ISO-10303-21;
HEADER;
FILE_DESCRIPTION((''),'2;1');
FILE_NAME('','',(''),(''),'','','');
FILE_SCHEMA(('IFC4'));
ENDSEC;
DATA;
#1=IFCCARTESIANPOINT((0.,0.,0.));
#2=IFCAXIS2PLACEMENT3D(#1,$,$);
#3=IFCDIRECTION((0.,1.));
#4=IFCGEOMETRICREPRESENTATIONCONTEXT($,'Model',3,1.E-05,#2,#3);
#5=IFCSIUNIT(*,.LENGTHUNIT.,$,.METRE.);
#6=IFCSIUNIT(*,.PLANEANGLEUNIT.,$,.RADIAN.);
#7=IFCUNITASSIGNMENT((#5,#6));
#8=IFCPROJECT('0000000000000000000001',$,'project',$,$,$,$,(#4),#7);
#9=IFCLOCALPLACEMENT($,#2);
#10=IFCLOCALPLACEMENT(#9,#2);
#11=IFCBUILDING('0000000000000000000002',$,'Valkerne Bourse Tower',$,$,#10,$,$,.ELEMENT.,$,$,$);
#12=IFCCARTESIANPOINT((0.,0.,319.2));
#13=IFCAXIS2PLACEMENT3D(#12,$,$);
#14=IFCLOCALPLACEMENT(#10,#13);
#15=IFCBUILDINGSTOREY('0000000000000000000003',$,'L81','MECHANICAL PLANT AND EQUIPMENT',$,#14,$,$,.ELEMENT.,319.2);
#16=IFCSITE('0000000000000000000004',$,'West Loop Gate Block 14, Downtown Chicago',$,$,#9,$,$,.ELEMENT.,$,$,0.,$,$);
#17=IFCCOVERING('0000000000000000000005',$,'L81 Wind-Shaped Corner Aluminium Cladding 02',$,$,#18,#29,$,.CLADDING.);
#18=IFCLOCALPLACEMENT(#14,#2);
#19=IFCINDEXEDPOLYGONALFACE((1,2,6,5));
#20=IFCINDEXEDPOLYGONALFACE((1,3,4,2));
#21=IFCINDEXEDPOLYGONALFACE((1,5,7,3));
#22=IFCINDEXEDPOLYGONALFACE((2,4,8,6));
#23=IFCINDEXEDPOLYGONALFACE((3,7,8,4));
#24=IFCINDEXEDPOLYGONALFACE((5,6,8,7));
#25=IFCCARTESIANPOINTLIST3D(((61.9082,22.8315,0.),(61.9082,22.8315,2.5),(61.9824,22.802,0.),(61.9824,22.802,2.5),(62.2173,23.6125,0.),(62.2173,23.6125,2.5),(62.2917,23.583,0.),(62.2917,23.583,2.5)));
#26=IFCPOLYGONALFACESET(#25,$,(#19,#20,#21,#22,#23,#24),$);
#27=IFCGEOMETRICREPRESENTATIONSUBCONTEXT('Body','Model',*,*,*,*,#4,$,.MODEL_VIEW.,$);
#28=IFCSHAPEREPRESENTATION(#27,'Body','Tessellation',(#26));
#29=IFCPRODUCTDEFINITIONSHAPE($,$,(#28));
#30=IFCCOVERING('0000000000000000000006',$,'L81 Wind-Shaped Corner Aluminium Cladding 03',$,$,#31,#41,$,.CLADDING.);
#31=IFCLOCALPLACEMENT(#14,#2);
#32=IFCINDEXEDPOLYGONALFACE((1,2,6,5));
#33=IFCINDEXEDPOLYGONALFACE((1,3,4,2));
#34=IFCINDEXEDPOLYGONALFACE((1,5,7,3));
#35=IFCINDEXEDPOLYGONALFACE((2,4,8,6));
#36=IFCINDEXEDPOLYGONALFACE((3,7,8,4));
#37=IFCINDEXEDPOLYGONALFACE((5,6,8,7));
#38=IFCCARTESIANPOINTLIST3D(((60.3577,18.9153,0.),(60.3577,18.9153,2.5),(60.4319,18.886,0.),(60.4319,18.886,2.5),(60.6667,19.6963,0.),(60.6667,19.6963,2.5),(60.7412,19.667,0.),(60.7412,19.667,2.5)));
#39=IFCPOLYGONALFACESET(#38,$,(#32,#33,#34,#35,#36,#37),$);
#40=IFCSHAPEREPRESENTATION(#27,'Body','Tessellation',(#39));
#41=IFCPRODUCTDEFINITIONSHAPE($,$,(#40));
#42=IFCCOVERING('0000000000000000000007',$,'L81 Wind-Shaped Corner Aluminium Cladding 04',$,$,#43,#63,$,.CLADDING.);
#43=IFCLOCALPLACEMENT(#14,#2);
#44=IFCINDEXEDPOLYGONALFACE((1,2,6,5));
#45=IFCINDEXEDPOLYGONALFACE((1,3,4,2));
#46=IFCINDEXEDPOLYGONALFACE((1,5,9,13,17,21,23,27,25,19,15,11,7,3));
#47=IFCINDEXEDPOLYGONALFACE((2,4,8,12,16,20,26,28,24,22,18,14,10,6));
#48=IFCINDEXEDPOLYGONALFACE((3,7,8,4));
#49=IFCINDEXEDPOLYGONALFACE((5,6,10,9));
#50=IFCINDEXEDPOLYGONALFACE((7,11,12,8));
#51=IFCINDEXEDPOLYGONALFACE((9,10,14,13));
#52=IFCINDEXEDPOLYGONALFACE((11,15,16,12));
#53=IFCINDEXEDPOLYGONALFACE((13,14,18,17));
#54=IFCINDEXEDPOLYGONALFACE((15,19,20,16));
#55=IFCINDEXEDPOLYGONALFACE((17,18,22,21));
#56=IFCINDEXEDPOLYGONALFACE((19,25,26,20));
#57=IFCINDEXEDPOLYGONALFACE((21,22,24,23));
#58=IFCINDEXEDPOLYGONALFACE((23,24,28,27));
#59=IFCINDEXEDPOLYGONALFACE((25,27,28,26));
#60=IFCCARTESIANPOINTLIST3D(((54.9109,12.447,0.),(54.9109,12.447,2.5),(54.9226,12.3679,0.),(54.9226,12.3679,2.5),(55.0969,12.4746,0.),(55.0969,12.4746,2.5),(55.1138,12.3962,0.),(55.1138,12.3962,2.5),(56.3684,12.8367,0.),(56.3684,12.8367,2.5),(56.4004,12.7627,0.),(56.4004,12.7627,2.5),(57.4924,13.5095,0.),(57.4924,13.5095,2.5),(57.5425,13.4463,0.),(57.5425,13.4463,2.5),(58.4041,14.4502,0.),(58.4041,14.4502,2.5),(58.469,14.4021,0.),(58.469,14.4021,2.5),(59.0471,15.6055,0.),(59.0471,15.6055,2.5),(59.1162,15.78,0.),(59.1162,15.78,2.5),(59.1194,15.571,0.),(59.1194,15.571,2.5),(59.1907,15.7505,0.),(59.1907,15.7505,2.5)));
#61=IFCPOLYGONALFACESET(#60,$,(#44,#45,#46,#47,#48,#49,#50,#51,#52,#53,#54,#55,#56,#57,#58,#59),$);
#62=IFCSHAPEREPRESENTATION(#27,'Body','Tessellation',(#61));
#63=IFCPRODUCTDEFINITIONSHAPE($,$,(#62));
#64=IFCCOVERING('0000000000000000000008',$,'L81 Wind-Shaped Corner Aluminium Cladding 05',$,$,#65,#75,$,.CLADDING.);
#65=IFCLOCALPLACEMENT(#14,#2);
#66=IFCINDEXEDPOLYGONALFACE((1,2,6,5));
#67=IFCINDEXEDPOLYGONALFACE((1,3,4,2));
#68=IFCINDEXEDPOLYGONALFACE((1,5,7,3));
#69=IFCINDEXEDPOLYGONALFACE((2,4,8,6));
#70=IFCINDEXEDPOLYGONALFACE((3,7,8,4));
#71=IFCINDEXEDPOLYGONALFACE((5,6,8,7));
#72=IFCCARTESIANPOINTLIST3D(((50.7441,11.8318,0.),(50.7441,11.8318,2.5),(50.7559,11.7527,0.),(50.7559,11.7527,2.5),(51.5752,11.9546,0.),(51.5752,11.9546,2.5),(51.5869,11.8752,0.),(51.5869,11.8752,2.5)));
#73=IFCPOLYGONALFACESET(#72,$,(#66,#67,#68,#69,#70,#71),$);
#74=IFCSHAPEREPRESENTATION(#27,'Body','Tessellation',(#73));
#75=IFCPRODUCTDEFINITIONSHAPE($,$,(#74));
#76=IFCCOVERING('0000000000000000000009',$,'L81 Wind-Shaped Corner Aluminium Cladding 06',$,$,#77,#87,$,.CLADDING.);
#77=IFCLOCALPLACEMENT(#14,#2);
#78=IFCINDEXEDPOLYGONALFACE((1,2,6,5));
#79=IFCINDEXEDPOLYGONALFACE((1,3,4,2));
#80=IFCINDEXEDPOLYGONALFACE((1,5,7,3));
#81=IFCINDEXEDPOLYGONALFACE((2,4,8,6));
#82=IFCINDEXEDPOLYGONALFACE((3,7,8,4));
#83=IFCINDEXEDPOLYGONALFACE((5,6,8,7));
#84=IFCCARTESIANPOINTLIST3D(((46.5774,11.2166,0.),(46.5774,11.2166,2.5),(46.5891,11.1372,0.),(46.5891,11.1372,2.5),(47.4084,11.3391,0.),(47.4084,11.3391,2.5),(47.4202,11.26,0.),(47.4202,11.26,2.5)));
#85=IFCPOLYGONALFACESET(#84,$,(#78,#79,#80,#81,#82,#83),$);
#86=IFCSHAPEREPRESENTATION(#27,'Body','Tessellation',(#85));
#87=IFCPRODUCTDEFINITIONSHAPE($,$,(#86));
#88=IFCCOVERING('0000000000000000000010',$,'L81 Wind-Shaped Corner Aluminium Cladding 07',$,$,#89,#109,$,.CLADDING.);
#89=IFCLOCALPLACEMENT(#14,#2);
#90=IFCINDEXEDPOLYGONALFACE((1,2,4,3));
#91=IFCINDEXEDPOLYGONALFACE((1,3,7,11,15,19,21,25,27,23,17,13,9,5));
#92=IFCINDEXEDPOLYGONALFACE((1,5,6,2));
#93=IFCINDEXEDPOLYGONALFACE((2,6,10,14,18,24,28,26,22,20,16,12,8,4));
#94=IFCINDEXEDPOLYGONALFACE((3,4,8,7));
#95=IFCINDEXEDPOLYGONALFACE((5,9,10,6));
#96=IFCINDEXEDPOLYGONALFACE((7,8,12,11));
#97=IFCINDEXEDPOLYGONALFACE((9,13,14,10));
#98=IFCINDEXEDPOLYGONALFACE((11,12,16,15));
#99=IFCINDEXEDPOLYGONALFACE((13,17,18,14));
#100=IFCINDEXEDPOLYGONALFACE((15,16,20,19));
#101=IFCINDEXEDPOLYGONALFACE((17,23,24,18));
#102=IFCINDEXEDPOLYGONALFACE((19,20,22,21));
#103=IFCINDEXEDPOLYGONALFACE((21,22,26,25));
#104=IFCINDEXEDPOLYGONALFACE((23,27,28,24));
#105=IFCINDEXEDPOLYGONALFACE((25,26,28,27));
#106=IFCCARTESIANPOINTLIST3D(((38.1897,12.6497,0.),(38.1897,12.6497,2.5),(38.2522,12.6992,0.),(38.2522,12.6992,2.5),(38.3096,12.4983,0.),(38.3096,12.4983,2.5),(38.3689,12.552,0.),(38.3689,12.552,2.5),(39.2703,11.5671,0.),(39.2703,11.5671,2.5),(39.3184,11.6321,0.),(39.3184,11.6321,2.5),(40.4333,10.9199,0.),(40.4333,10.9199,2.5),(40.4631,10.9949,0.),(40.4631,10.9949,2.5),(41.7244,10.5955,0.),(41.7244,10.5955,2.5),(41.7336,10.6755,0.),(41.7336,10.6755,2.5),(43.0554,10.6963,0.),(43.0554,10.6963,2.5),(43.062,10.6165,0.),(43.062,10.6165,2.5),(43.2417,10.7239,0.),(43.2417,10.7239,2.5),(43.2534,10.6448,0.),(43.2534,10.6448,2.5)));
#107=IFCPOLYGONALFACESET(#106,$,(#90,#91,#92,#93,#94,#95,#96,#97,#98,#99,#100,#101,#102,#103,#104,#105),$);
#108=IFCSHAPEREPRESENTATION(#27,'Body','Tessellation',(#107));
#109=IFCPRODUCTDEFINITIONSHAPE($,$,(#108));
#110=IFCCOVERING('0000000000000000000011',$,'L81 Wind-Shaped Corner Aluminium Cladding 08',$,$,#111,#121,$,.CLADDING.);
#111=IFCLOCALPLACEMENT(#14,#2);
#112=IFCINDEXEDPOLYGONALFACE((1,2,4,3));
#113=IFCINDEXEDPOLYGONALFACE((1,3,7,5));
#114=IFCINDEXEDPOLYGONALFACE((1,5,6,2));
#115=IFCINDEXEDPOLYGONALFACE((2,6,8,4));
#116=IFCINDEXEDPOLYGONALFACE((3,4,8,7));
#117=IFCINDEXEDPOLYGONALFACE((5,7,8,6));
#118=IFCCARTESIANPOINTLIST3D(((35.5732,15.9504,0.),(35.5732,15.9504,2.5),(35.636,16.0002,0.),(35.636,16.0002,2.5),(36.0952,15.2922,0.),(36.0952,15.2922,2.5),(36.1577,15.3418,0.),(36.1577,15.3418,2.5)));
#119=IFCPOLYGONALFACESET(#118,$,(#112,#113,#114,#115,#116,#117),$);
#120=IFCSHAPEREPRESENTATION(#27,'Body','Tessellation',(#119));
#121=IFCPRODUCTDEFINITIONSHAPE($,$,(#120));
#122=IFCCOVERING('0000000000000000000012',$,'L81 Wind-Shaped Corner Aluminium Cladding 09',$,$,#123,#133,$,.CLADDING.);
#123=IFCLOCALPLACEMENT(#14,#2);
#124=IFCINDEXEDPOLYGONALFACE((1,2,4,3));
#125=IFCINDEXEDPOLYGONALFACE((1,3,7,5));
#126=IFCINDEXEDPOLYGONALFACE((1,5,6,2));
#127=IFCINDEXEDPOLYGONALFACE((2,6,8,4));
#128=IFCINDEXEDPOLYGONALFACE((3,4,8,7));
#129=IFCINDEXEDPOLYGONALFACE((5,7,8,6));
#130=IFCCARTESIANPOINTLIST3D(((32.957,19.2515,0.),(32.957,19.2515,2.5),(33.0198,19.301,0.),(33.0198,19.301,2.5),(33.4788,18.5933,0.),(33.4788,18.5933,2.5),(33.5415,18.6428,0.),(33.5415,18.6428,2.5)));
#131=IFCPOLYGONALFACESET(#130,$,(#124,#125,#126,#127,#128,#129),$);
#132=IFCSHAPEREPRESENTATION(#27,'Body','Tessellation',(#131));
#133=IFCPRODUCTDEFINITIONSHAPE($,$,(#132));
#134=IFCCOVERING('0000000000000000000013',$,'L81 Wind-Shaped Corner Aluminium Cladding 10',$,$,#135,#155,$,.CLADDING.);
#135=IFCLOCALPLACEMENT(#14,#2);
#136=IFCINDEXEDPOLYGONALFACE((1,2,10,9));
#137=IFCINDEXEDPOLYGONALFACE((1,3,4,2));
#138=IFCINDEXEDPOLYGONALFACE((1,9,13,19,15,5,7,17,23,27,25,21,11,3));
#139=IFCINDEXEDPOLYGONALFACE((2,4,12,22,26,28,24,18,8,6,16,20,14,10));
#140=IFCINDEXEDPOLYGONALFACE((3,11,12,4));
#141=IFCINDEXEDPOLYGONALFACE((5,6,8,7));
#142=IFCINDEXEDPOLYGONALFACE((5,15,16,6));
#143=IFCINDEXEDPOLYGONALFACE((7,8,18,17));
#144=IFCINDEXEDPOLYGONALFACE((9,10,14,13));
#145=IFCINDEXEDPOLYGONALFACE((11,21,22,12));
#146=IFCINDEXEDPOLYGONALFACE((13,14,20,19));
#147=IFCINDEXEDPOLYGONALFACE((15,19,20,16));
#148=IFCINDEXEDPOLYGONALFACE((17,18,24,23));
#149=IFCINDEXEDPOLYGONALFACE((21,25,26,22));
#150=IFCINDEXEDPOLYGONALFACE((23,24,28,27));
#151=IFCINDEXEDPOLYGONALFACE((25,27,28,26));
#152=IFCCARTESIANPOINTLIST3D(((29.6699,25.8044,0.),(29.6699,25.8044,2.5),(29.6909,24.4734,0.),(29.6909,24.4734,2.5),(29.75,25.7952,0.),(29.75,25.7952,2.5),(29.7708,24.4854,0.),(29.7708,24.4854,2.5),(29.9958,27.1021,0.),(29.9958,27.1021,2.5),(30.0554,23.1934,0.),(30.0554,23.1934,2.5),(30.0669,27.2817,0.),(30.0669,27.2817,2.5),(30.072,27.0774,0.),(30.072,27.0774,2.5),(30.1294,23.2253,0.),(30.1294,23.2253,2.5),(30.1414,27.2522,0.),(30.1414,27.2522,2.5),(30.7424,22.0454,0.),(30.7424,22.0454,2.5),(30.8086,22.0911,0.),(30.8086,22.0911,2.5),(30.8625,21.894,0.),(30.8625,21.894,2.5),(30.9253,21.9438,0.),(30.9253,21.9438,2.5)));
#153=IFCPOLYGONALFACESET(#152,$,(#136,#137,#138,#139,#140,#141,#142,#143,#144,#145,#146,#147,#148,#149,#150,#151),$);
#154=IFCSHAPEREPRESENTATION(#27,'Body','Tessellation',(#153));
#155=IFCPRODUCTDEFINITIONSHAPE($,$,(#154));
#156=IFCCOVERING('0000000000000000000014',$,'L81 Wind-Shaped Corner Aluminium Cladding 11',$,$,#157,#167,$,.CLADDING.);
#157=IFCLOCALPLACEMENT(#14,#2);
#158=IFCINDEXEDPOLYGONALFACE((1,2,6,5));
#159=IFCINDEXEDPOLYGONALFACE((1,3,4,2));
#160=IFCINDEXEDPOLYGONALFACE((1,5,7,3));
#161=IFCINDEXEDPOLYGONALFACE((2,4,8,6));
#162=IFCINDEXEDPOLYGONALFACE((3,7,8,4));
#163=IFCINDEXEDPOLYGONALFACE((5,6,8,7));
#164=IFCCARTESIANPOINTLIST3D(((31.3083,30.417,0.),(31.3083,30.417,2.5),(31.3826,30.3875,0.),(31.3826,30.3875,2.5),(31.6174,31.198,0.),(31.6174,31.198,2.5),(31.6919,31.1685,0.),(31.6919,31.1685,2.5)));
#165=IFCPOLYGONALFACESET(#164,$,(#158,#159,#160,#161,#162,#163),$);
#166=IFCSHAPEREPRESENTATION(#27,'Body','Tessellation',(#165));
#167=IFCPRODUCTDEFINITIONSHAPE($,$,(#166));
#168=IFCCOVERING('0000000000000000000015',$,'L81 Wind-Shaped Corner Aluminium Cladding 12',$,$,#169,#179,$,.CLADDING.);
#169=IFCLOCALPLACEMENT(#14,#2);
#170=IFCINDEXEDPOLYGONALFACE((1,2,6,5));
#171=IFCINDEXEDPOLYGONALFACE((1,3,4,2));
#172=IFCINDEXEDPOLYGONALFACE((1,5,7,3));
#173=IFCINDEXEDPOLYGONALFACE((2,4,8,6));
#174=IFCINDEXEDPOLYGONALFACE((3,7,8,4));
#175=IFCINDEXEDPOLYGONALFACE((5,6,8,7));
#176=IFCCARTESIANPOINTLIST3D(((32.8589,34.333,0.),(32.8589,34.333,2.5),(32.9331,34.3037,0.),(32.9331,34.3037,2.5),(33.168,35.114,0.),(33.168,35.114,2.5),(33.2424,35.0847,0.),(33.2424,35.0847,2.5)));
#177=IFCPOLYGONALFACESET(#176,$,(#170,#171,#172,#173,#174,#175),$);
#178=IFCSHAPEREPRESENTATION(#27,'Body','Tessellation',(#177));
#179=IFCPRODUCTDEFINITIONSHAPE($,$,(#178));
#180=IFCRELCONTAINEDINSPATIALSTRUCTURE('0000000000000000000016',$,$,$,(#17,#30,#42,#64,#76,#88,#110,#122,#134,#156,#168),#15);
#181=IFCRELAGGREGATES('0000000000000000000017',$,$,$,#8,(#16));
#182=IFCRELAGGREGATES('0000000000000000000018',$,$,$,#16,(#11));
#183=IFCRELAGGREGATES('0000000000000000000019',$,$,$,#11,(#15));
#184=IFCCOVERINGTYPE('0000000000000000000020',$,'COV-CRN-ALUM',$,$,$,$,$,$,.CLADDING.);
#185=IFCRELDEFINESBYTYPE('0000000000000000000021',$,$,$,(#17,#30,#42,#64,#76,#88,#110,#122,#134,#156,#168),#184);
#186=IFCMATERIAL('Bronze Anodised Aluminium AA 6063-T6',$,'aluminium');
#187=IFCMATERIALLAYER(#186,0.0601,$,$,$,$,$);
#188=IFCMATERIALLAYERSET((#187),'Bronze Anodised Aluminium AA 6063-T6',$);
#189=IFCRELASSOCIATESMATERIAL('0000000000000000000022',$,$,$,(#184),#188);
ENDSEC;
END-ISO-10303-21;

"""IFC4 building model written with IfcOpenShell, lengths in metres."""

from ifc_helpers import new_model, si_unit, direction, frame, origin, place, context, subcontext, project, spatial, polyline, outline, extrude, material, layer, layer_set, type_object, element, save


model = new_model("IFC4")

# Units and contexts
model_context = context("Model", 3, precision=1e-05, world=origin(), true_north=direction((0.0, 1.0)))
body_context = subcontext(model_context, "Body", "Model", "MODEL_VIEW")
ifc_project = project(units=[si_unit("LENGTHUNIT", "METRE"), si_unit("PLANEANGLEUNIT", "RADIAN")], contexts=[model_context])

# Site, building, storey
site_placement = place(None, origin())
site = spatial("IfcSite", under=ifc_project, at=site_placement, Name="West Loop Gate Block 14, Downtown Chicago", CompositionType="ELEMENT", RefElevation=0.0)
building_placement = place(site_placement, origin())
building = spatial("IfcBuilding", under=site, at=building_placement, Name="Valkerne Bourse Tower", CompositionType="ELEMENT")
storey_placement = place(building_placement, frame((0.0, 0.0, 319.2)))
storey = spatial("IfcBuildingStorey", under=building, at=storey_placement, Name="L81", Description="MECHANICAL PLANT AND EQUIPMENT", CompositionType="ELEMENT", Elevation=319.2)

# Shared definitions
ifc_material_1 = material(Name="Bronze Anodised Aluminium AA 6063-T6", Category="aluminium")

# Coverings
ifc_layer_1 = layer(ifc_material_1, 0.0601)
ifc_layer_set_1 = layer_set([ifc_layer_1], Name="Bronze Anodised Aluminium AA 6063-T6")
covering_type_1 = type_object("IfcCoveringType", Name="COV-CRN-ALUM", PredefinedType="CLADDING", material=ifc_layer_set_1)
covering_1_placement = place(storey_placement, origin())
element("IfcCovering", 1, at=covering_1_placement, inside=storey, type_object=covering_type_1, Name="L81 Wind-Shaped Corner Aluminium Cladding 02", PredefinedType="CLADDING", context=body_context, shape_type="SweptSolid", body=[
    extrude(outline(polyline([(61.9824, 22.802), (61.9082, 22.8315), (62.2173, 23.6125), (62.2917, 23.583), (61.9824, 22.802)])), origin(), (0.0, 0.0, 1.0), 2.5),
])
covering_2_placement = place(storey_placement, origin())
element("IfcCovering", 2, at=covering_2_placement, inside=storey, type_object=covering_type_1, Name="L81 Wind-Shaped Corner Aluminium Cladding 03", PredefinedType="CLADDING", context=body_context, shape_type="SweptSolid", body=[
    extrude(outline(polyline([(60.4319, 18.886), (60.3577, 18.9153), (60.6667, 19.6963), (60.7412, 19.667), (60.4319, 18.886)])), origin(), (0.0, 0.0, 1.0), 2.5),
])
covering_3_placement = place(storey_placement, origin())
element("IfcCovering", 3, at=covering_3_placement, inside=storey, type_object=covering_type_1, Name="L81 Wind-Shaped Corner Aluminium Cladding 04", PredefinedType="CLADDING", context=body_context, shape_type="SweptSolid", body=[
    extrude(outline(polyline([(59.1194, 15.571), (58.469, 14.4021), (57.5425, 13.4463), (56.4004, 12.7627), (55.1138, 12.3962), (54.9226, 12.3679), (54.9109, 12.447), (55.0969, 12.4746), (56.3684, 12.8367), (57.4924, 13.5095), (58.4041, 14.4502), (59.0471, 15.6055), (59.1162, 15.78), (59.1907, 15.7505), (59.1194, 15.571)])), origin(), (0.0, 0.0, 1.0), 2.5),
])
covering_4_placement = place(storey_placement, origin())
element("IfcCovering", 4, at=covering_4_placement, inside=storey, type_object=covering_type_1, Name="L81 Wind-Shaped Corner Aluminium Cladding 05", PredefinedType="CLADDING", context=body_context, shape_type="SweptSolid", body=[
    extrude(outline(polyline([(50.7559, 11.7527), (50.7441, 11.8318), (51.5752, 11.9546), (51.5869, 11.8752), (50.7559, 11.7527)])), origin(), (0.0, 0.0, 1.0), 2.5),
])
covering_5_placement = place(storey_placement, origin())
element("IfcCovering", 5, at=covering_5_placement, inside=storey, type_object=covering_type_1, Name="L81 Wind-Shaped Corner Aluminium Cladding 06", PredefinedType="CLADDING", context=body_context, shape_type="SweptSolid", body=[
    extrude(outline(polyline([(46.5891, 11.1372), (46.5774, 11.2166), (47.4084, 11.3391), (47.4202, 11.26), (46.5891, 11.1372)])), origin(), (0.0, 0.0, 1.0), 2.5),
])
covering_6_placement = place(storey_placement, origin())
element("IfcCovering", 6, at=covering_6_placement, inside=storey, type_object=covering_type_1, Name="L81 Wind-Shaped Corner Aluminium Cladding 07", PredefinedType="CLADDING", context=body_context, shape_type="SweptSolid", body=[
    extrude(outline(polyline([(43.062, 10.6165), (41.7244, 10.5955), (40.4333, 10.9199), (39.2703, 11.5671), (38.3096, 12.4983), (38.1897, 12.6497), (38.2522, 12.6992), (38.3689, 12.552), (39.3184, 11.6321), (40.4631, 10.9949), (41.7336, 10.6755), (43.0554, 10.6963), (43.2417, 10.7239), (43.2534, 10.6448), (43.062, 10.6165)])), origin(), (0.0, 0.0, 1.0), 2.5),
])
covering_7_placement = place(storey_placement, origin())
element("IfcCovering", 7, at=covering_7_placement, inside=storey, type_object=covering_type_1, Name="L81 Wind-Shaped Corner Aluminium Cladding 08", PredefinedType="CLADDING", context=body_context, shape_type="SweptSolid", body=[
    extrude(outline(polyline([(35.5732, 15.9504), (35.636, 16.0002), (36.1577, 15.3418), (36.0952, 15.2922), (35.5732, 15.9504)])), origin(), (0.0, 0.0, 1.0), 2.5),
])
covering_8_placement = place(storey_placement, origin())
element("IfcCovering", 8, at=covering_8_placement, inside=storey, type_object=covering_type_1, Name="L81 Wind-Shaped Corner Aluminium Cladding 09", PredefinedType="CLADDING", context=body_context, shape_type="SweptSolid", body=[
    extrude(outline(polyline([(32.957, 19.2515), (33.0198, 19.301), (33.5415, 18.6428), (33.4788, 18.5933), (32.957, 19.2515)])), origin(), (0.0, 0.0, 1.0), 2.5),
])
covering_9_placement = place(storey_placement, origin())
element("IfcCovering", 9, at=covering_9_placement, inside=storey, type_object=covering_type_1, Name="L81 Wind-Shaped Corner Aluminium Cladding 10", PredefinedType="CLADDING", context=body_context, shape_type="SweptSolid", body=[
    extrude(outline(polyline([(30.7424, 22.0454), (30.0554, 23.1934), (29.6909, 24.4734), (29.6699, 25.8044), (29.9958, 27.1021), (30.0669, 27.2817), (30.1414, 27.2522), (30.072, 27.0774), (29.75, 25.7952), (29.7708, 24.4854), (30.1294, 23.2253), (30.8086, 22.0911), (30.9253, 21.9438), (30.8625, 21.894), (30.7424, 22.0454)])), origin(), (0.0, 0.0, 1.0), 2.5),
])
covering_10_placement = place(storey_placement, origin())
element("IfcCovering", 10, at=covering_10_placement, inside=storey, type_object=covering_type_1, Name="L81 Wind-Shaped Corner Aluminium Cladding 11", PredefinedType="CLADDING", context=body_context, shape_type="SweptSolid", body=[
    extrude(outline(polyline([(31.6174, 31.198), (31.6919, 31.1685), (31.3826, 30.3875), (31.3083, 30.417), (31.6174, 31.198)])), origin(), (0.0, 0.0, 1.0), 2.5),
])
covering_11_placement = place(storey_placement, origin())
element("IfcCovering", 11, at=covering_11_placement, inside=storey, type_object=covering_type_1, Name="L81 Wind-Shaped Corner Aluminium Cladding 12", PredefinedType="CLADDING", context=body_context, shape_type="SweptSolid", body=[
    extrude(outline(polyline([(33.168, 35.114), (33.2424, 35.0847), (32.9331, 34.3037), (32.8589, 34.333), (33.168, 35.114)])), origin(), (0.0, 0.0, 1.0), 2.5),
])

save(model, "model.ifc")
